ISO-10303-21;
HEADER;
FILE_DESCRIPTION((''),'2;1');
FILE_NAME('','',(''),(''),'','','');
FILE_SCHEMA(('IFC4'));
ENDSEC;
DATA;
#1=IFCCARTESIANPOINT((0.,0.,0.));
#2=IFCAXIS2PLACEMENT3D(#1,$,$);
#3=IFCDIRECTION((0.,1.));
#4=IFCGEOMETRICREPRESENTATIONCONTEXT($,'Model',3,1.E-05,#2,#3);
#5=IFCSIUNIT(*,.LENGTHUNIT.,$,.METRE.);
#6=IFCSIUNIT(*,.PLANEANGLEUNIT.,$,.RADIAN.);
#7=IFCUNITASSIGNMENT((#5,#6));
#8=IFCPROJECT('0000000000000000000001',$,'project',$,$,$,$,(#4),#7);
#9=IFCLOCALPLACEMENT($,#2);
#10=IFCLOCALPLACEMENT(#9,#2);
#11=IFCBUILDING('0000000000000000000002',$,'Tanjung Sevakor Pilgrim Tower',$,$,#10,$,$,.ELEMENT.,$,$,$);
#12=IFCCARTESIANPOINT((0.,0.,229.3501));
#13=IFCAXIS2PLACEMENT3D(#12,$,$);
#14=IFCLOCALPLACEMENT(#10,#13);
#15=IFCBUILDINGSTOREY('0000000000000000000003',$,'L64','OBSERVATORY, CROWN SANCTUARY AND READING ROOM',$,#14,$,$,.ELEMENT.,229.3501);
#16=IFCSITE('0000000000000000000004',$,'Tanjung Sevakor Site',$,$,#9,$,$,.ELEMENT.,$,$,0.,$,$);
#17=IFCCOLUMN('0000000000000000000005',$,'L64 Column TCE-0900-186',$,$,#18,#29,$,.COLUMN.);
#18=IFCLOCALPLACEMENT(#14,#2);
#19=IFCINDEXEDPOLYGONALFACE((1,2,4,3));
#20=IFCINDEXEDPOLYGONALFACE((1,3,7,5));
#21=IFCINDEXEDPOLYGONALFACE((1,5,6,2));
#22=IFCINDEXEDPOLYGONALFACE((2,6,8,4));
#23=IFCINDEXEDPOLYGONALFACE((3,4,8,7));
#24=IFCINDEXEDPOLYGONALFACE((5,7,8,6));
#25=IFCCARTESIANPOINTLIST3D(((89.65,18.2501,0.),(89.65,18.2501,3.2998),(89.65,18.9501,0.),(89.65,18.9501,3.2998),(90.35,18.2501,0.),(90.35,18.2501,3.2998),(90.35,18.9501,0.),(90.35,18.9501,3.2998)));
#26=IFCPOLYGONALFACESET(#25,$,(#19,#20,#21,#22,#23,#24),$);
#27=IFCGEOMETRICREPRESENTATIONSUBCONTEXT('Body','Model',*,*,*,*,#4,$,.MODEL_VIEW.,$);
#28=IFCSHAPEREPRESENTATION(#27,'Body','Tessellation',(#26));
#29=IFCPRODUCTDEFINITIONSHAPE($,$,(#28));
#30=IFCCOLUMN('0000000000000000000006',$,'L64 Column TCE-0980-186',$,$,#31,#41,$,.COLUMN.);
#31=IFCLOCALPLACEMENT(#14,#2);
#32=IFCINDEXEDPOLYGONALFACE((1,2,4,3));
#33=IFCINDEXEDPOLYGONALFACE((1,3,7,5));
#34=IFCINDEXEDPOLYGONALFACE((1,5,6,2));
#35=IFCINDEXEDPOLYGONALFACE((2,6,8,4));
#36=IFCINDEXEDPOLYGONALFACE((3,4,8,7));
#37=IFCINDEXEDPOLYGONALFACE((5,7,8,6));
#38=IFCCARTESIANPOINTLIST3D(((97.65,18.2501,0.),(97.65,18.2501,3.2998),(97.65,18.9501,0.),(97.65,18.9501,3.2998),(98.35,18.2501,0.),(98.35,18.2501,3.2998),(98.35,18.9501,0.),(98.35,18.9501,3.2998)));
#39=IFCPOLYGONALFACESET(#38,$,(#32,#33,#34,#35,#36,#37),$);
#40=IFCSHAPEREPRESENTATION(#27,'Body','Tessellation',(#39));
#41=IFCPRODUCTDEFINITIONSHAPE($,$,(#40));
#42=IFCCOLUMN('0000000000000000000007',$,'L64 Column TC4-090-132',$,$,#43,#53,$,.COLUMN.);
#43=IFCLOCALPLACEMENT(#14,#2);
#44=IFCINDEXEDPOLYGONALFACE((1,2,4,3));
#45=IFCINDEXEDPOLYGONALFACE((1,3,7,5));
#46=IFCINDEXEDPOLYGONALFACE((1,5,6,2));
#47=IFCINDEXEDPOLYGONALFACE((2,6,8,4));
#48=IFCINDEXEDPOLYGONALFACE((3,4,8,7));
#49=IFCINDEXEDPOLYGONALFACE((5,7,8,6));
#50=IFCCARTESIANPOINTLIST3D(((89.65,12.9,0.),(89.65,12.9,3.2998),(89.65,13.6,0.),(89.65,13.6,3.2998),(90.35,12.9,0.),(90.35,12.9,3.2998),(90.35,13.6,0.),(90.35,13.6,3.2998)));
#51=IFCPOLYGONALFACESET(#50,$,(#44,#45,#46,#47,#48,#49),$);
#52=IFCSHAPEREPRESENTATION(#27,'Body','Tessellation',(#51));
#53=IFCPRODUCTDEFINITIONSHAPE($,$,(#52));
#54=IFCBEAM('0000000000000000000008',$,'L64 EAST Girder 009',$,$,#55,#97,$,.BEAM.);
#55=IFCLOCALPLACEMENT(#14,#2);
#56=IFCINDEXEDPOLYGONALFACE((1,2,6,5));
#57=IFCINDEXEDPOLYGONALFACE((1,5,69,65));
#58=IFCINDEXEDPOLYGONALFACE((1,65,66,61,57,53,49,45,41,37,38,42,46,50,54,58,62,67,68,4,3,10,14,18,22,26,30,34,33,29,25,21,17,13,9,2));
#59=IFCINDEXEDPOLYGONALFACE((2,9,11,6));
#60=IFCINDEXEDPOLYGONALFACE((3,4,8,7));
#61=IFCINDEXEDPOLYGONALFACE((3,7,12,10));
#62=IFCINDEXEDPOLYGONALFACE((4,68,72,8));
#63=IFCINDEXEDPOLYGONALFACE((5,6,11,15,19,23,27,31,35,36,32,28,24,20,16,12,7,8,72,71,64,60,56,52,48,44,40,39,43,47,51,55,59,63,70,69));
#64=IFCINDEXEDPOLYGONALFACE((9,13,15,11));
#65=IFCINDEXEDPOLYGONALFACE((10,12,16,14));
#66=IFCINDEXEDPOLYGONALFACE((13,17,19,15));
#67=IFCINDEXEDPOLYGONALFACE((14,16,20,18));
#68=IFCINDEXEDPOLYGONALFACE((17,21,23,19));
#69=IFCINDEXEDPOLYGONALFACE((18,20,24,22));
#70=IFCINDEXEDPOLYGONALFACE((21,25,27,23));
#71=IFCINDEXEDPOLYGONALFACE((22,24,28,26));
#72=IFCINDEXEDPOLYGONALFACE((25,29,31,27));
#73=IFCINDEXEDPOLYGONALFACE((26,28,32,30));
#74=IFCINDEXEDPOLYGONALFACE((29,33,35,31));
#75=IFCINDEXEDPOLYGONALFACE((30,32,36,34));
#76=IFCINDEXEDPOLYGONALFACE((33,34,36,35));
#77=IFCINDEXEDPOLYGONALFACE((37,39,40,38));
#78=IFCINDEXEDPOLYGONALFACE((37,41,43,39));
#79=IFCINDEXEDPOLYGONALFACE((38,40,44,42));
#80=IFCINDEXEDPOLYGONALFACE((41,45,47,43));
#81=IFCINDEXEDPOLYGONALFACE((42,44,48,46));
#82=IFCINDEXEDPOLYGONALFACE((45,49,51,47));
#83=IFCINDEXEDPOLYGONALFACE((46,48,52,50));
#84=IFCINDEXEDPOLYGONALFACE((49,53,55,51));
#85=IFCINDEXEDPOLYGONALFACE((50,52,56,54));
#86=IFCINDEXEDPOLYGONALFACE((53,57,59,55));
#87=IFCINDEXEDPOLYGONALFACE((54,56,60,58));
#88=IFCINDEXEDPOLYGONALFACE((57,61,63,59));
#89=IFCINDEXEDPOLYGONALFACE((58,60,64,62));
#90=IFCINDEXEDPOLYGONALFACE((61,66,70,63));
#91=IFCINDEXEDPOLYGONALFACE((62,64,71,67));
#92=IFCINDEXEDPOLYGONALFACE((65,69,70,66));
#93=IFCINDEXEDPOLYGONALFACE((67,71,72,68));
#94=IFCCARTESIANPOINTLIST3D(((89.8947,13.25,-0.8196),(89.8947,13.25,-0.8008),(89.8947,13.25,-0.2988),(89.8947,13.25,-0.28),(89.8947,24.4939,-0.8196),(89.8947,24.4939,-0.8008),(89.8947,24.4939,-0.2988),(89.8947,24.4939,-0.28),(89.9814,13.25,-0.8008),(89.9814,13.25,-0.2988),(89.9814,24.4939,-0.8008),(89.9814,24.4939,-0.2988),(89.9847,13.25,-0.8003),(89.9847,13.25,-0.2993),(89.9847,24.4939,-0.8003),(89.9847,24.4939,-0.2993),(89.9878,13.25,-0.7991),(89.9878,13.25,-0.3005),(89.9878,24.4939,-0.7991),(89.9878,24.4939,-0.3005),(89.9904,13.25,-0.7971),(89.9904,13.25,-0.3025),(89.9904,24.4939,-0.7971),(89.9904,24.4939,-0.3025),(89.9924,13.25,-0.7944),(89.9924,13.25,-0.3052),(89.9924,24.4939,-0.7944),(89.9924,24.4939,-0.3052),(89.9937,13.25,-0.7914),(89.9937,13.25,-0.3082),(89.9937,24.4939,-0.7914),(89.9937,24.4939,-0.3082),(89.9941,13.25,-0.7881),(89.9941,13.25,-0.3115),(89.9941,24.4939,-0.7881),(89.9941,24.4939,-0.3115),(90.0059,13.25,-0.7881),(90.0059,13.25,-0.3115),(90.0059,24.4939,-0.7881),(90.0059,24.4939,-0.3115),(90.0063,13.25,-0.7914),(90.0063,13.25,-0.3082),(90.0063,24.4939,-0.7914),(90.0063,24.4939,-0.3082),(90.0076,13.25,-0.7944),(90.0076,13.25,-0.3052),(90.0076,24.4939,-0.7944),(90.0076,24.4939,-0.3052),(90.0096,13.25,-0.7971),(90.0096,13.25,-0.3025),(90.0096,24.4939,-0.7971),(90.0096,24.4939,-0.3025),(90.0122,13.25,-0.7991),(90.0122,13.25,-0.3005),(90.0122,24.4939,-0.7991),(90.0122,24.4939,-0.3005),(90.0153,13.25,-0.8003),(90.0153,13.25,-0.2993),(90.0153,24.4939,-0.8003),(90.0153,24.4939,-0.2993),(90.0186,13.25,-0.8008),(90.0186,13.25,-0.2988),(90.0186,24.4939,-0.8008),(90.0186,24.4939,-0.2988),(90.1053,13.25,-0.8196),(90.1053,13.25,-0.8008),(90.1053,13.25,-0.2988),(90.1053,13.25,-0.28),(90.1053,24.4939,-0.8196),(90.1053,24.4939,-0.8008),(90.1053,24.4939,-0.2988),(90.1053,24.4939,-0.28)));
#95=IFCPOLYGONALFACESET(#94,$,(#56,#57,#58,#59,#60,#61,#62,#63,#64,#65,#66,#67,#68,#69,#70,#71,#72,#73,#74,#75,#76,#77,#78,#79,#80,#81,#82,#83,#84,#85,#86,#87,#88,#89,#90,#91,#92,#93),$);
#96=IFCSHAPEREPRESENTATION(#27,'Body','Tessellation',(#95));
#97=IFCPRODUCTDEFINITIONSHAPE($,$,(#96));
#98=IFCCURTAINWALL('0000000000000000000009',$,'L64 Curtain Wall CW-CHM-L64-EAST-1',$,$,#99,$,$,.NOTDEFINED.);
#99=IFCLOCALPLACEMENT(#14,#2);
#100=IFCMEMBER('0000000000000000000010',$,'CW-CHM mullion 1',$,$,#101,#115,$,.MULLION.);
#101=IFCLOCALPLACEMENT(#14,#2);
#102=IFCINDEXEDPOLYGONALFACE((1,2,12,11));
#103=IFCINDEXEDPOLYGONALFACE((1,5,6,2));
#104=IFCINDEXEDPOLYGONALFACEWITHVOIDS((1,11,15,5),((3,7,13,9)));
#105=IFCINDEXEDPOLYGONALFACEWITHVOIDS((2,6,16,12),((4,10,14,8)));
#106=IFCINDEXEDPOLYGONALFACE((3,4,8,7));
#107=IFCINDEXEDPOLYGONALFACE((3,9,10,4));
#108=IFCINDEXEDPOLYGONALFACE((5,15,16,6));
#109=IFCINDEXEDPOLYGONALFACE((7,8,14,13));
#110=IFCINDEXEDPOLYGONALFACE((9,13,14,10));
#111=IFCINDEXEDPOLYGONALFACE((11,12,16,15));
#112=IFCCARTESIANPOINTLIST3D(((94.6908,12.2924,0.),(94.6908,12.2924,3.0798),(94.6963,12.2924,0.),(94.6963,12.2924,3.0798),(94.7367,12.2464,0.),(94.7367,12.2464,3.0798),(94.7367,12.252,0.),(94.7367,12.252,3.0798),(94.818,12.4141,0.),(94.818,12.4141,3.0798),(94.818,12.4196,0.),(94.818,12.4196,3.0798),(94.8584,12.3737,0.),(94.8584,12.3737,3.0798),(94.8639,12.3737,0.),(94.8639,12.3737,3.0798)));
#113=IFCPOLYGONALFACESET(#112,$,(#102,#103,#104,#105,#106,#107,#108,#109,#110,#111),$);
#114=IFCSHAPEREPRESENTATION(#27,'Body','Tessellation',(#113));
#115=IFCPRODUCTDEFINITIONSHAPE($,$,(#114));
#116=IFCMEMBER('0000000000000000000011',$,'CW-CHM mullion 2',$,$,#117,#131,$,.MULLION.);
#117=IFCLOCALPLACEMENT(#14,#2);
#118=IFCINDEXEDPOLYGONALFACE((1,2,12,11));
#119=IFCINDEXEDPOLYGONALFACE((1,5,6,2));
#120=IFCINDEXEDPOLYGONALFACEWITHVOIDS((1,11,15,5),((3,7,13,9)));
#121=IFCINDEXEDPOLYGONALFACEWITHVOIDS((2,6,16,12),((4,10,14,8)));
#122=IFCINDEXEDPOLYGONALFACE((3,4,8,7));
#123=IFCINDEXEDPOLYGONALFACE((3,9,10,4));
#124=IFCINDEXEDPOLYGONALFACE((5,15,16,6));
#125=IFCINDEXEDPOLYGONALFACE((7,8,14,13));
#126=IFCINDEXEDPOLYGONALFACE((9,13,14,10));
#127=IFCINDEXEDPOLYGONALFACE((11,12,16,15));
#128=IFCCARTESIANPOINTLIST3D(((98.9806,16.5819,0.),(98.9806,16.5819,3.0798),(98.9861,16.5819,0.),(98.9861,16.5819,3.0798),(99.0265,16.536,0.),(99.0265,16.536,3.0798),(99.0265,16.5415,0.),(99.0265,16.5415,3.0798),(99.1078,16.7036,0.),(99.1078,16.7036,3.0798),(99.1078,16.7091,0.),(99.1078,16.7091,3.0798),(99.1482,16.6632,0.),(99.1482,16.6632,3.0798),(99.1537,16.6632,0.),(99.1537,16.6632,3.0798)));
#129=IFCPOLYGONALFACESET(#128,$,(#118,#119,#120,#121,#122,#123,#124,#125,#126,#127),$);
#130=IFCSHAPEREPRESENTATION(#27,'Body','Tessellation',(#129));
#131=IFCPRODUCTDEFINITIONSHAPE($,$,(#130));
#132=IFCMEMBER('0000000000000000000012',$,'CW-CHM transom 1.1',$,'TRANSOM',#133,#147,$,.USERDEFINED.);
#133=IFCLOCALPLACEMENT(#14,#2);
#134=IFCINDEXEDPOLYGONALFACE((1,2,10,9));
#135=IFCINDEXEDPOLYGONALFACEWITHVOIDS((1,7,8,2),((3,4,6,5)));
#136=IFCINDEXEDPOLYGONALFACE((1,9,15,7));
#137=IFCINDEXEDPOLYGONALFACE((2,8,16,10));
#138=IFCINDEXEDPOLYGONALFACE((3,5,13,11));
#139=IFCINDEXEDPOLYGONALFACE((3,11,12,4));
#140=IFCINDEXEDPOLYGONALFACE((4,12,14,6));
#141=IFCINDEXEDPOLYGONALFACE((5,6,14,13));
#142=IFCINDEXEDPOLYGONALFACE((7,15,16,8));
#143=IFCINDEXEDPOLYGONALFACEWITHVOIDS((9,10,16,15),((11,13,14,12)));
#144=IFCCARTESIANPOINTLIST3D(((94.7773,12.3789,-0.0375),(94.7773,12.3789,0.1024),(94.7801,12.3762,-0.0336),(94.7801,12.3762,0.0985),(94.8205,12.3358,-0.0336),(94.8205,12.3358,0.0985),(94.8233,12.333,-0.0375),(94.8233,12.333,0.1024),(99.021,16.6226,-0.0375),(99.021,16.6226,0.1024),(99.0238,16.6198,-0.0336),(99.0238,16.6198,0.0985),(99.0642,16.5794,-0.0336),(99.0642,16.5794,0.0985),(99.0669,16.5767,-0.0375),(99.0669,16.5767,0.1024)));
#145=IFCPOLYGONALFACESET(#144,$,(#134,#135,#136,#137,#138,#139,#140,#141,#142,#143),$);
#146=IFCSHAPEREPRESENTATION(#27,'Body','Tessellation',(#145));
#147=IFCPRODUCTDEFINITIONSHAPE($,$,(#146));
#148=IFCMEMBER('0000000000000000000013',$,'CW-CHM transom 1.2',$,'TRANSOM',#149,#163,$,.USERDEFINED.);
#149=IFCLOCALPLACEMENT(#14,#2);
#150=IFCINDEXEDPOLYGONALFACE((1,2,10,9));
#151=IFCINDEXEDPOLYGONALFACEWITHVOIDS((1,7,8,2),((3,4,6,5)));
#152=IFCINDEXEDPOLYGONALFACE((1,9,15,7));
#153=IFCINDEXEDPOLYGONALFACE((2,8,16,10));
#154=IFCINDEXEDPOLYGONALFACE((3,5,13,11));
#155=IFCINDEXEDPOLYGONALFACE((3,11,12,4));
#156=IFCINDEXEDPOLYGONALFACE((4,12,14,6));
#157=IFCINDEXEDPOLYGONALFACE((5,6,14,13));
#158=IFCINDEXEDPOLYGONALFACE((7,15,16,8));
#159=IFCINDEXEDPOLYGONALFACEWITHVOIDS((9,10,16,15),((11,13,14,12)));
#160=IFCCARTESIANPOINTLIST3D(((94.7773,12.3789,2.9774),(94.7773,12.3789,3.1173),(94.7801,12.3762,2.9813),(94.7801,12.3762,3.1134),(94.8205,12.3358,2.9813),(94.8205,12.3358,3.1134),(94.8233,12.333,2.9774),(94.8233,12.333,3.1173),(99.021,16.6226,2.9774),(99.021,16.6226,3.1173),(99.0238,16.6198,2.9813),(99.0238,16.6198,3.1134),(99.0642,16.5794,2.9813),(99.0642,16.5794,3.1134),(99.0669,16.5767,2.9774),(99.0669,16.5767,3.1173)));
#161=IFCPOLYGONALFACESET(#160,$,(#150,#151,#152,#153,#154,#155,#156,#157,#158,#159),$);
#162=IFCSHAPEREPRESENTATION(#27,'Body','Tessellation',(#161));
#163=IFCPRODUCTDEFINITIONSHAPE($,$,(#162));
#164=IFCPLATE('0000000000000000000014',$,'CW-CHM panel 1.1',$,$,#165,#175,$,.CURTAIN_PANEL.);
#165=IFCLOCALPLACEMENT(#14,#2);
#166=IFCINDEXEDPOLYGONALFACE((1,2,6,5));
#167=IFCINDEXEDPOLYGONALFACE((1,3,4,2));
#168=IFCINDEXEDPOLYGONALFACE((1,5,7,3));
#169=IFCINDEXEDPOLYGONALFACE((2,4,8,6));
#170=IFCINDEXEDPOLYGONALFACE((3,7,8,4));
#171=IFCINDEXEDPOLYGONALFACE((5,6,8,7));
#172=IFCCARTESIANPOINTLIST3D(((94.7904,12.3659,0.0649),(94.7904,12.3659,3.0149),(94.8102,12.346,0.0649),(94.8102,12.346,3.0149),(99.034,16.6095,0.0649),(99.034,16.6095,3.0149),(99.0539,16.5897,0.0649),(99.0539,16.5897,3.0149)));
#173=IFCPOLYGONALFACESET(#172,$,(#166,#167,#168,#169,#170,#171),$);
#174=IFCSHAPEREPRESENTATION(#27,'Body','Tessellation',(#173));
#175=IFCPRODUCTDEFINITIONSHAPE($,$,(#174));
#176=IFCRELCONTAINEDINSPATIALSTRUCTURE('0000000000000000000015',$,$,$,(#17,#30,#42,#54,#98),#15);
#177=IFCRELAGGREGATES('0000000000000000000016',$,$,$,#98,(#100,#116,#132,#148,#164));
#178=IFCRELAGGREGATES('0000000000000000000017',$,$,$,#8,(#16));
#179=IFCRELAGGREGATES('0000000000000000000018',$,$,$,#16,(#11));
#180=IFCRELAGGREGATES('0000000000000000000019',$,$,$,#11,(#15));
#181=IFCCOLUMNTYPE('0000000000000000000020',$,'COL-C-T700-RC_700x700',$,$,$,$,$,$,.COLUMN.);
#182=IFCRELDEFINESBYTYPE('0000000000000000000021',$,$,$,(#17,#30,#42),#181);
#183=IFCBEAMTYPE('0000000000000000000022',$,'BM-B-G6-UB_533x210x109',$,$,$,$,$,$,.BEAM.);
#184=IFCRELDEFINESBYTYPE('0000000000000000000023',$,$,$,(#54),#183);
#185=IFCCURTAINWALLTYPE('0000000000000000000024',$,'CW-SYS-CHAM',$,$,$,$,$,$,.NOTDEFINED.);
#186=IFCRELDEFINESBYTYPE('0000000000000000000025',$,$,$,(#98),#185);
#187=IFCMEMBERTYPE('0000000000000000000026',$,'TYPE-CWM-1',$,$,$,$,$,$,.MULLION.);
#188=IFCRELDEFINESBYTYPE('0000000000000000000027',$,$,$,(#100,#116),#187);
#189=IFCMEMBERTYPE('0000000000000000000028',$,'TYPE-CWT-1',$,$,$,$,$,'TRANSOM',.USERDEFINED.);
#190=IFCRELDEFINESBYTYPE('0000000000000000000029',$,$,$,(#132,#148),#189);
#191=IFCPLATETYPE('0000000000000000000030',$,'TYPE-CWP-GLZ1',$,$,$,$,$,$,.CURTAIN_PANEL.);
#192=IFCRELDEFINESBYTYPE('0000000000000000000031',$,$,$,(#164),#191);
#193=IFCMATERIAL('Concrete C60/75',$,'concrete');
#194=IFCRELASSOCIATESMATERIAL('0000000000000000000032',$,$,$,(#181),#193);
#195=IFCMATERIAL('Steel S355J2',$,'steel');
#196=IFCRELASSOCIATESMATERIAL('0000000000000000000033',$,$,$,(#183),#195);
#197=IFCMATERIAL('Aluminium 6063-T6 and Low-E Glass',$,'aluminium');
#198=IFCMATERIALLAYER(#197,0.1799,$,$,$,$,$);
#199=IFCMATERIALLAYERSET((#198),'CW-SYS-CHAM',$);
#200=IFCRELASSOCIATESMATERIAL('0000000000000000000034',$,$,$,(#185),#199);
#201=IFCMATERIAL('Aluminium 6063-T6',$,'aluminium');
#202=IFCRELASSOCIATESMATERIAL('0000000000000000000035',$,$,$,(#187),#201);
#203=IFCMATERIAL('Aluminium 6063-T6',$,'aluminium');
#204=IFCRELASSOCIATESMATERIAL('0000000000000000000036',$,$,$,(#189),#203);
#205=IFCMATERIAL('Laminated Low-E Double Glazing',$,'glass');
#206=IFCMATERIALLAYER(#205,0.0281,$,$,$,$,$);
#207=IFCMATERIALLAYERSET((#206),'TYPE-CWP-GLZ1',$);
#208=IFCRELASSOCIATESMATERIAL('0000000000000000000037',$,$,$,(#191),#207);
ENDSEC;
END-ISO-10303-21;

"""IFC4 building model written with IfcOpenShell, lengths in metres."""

from ifc_helpers import new_model, si_unit, direction, frame, origin, origin_2d, place, context, subcontext, project, spatial, rectangle, hollow_rectangle, i_section, extrude, material, layer, layer_set, material_profile, profile_set, type_object, element, aggregate, save


model = new_model("IFC4")

# Units and contexts
model_context = context("Model", 3, precision=1e-05, world=origin(), true_north=direction((0.0, 1.0)))
body_context = subcontext(model_context, "Body", "Model", "MODEL_VIEW")
ifc_project = project(units=[si_unit("LENGTHUNIT", "METRE"), si_unit("PLANEANGLEUNIT", "RADIAN")], contexts=[model_context])

# Site, building, storey
site_placement = place(None, origin())
site = spatial("IfcSite", under=ifc_project, at=site_placement, Name="Tanjung Sevakor Site", CompositionType="ELEMENT", RefElevation=0.0)
building_placement = place(site_placement, origin())
building = spatial("IfcBuilding", under=site, at=building_placement, Name="Tanjung Sevakor Pilgrim Tower", CompositionType="ELEMENT")
storey_placement = place(building_placement, frame((0.0, 0.0, 229.3501)))
storey = spatial("IfcBuildingStorey", under=building, at=storey_placement, Name="L64", Description="OBSERVATORY, CROWN SANCTUARY AND READING ROOM", CompositionType="ELEMENT", Elevation=229.3501)

# Columns
ifc_material_1 = material(Name="Concrete C60/75", Category="concrete")
ifc_material_profile_1 = material_profile(ifc_material_1, rectangle(XDim=0.7, YDim=0.7, at=origin_2d()))
ifc_profile_set_1 = profile_set([ifc_material_profile_1], Name="Concrete C60/75")
column_type = type_object("IfcColumnType", Name="COL-C-T700-RC_700x700", PredefinedType="COLUMN", material=ifc_profile_set_1)
for number, where, z_axis, x_axis, name in (
    (1, (90.0, 18.6001, 0.0), (0.0, 0.0, 1.0), (1.0, 0.0, 0.0), "L64 Column TCE-0900-186"),
    (2, (98.0, 18.6001, 0.0), (0.0, 0.0, 1.0), (1.0, 0.0, 0.0), "L64 Column TCE-0980-186"),
    (3, (90.0, 13.25, 0.0), (0.0, 0.0, 1.0), (1.0, 0.0, 0.0), "L64 Column TC4-090-132"),
):
    element("IfcColumn", number, at=place(storey_placement, frame(where, z_axis=z_axis, x_axis=x_axis)), inside=storey, type_object=column_type, Name=name, PredefinedType="COLUMN", context=body_context, shape_type="SweptSolid", body=[
        extrude(rectangle(XDim=0.7, YDim=0.7, at=origin_2d()), origin(), (0.0, 0.0, 1.0), 3.2998),
    ])

# Beam
ifc_material_2 = material(Name="Steel S355J2", Category="steel")
ifc_material_profile_2 = material_profile(ifc_material_2, i_section(OverallWidth=0.2107, OverallDepth=0.5396, WebThickness=0.0117, FlangeThickness=0.0188, FilletRadius=0.0127, at=origin_2d()))
ifc_profile_set_2 = profile_set([ifc_material_profile_2], Name="Steel S355J2")
beam_type = type_object("IfcBeamType", Name="BM-B-G6-UB_533x210x109", PredefinedType="BEAM", material=ifc_profile_set_2)
beam_placement = place(storey_placement, frame((90.0, 13.25, -0.5498), z_axis=(0.0, 1.0, 0.0), x_axis=(-1.0, 0.0, 0.0)))
element("IfcBeam", 4, at=beam_placement, inside=storey, type_object=beam_type, Name="L64 EAST Girder 009", PredefinedType="BEAM", context=body_context, shape_type="SweptSolid", body=[
    extrude(i_section(OverallWidth=0.2107, OverallDepth=0.5396, WebThickness=0.0117, FlangeThickness=0.0188, FilletRadius=0.0127, at=origin_2d()), origin(), (0.0, 0.0, 1.0), 11.2439),
])

# Curtain wall, members, plate
ifc_material_3 = material(Name="Aluminium 6063-T6 and Low-E Glass", Category="aluminium")
ifc_layer_1 = layer(ifc_material_3, 0.1799)
ifc_layer_set_1 = layer_set([ifc_layer_1], Name="CW-SYS-CHAM")
curtain_wall_type = type_object("IfcCurtainWallType", Name="CW-SYS-CHAM", PredefinedType="NOTDEFINED", material=ifc_layer_set_1)
curtain_wall_placement = place(storey_placement, origin())
curtain_wall = element("IfcCurtainWall", 5, at=curtain_wall_placement, inside=storey, type_object=curtain_wall_type, Name="L64 Curtain Wall CW-CHM-L64-EAST-1", PredefinedType="NOTDEFINED")
ifc_material_4 = material(Name="Aluminium 6063-T6", Category="aluminium")
ifc_material_profile_3 = material_profile(ifc_material_4, hollow_rectangle(XDim=0.0649, YDim=0.1799, WallThickness=0.0039, at=origin_2d()))
ifc_profile_set_3 = profile_set([ifc_material_profile_3], Name="Aluminium 6063-T6")
member_type_1 = type_object("IfcMemberType", Name="TYPE-CWM-1", PredefinedType="MULLION", material=ifc_profile_set_3)
member_1_placement = place(storey_placement, frame((94.7773, 12.333, 0.0), z_axis=(0.0, 0.0, 1.0), x_axis=(-0.707107, 0.707107, 0.0)))
member_1 = element("IfcMember", 6, at=member_1_placement, type_object=member_type_1, Name="CW-CHM mullion 1", PredefinedType="MULLION", context=body_context, shape_type="SweptSolid", body=[
    extrude(hollow_rectangle(XDim=0.0649, YDim=0.1799, WallThickness=0.0039, at=origin_2d()), origin(), (0.0, 0.0, 1.0), 3.0798),
])
member_2_placement = place(storey_placement, frame((99.0671, 16.6226, 0.0), z_axis=(0.0, 0.0, 1.0), x_axis=(-0.707107, 0.707107, 0.0)))
member_2 = element("IfcMember", 7, at=member_2_placement, type_object=member_type_1, Name="CW-CHM mullion 2", PredefinedType="MULLION", context=body_context, shape_type="SweptSolid", body=[
    extrude(hollow_rectangle(XDim=0.0649, YDim=0.1799, WallThickness=0.0039, at=origin_2d()), origin(), (0.0, 0.0, 1.0), 3.0798),
])
ifc_material_5 = material(Name="Aluminium 6063-T6", Category="aluminium")
ifc_material_profile_4 = material_profile(ifc_material_5, hollow_rectangle(XDim=0.0649, YDim=0.1399, WallThickness=0.0039, at=origin_2d()))
ifc_profile_set_4 = profile_set([ifc_material_profile_4], Name="Aluminium 6063-T6")
member_type_2 = type_object("IfcMemberType", Name="TYPE-CWT-1", ElementType="TRANSOM", PredefinedType="USERDEFINED", material=ifc_profile_set_4)
member_3_placement = place(storey_placement, frame((94.8003, 12.356, 0.0325), z_axis=(0.707107, 0.707107, 0.0), x_axis=(-0.707107, 0.707107, 0.0)))
member_3 = element("IfcMember", 8, at=member_3_placement, type_object=member_type_2, Name="CW-CHM transom 1.1", ObjectType="TRANSOM", PredefinedType="USERDEFINED", context=body_context, shape_type="SweptSolid", body=[
    extrude(hollow_rectangle(XDim=0.0649, YDim=0.1399, WallThickness=0.0039, at=origin_2d()), origin(), (0.0, 0.0, 1.0), 6.0015),
])
member_4_placement = place(storey_placement, frame((94.8003, 12.356, 3.0474), z_axis=(0.707107, 0.707107, 0.0), x_axis=(-0.707107, 0.707107, 0.0)))
member_4 = element("IfcMember", 9, at=member_4_placement, type_object=member_type_2, Name="CW-CHM transom 1.2", ObjectType="TRANSOM", PredefinedType="USERDEFINED", context=body_context, shape_type="SweptSolid", body=[
    extrude(hollow_rectangle(XDim=0.0649, YDim=0.1399, WallThickness=0.0039, at=origin_2d()), origin(), (0.0, 0.0, 1.0), 6.0015),
])
ifc_material_6 = material(Name="Laminated Low-E Double Glazing", Category="glass")
ifc_layer_2 = layer(ifc_material_6, 0.0281)
ifc_layer_set_2 = layer_set([ifc_layer_2], Name="TYPE-CWP-GLZ1")
plate_type = type_object("IfcPlateType", Name="TYPE-CWP-GLZ1", PredefinedType="CURTAIN_PANEL", material=ifc_layer_set_2)
plate_placement = place(storey_placement, frame((96.9221, 14.4778, 0.0649), z_axis=(0.0, 0.0, 1.0), x_axis=(0.707107, 0.707107, 0.0)))
plate = element("IfcPlate", 10, at=plate_placement, type_object=plate_type, Name="CW-CHM panel 1.1", PredefinedType="CURTAIN_PANEL", context=body_context, shape_type="SweptSolid", body=[
    extrude(rectangle(XDim=6.0015, YDim=0.0281, at=origin_2d()), origin(), (0.0, 0.0, 1.0), 2.95),
])
aggregate(curtain_wall, [member_1, member_2, member_3, member_4, plate])

save(model, "model.ifc")
